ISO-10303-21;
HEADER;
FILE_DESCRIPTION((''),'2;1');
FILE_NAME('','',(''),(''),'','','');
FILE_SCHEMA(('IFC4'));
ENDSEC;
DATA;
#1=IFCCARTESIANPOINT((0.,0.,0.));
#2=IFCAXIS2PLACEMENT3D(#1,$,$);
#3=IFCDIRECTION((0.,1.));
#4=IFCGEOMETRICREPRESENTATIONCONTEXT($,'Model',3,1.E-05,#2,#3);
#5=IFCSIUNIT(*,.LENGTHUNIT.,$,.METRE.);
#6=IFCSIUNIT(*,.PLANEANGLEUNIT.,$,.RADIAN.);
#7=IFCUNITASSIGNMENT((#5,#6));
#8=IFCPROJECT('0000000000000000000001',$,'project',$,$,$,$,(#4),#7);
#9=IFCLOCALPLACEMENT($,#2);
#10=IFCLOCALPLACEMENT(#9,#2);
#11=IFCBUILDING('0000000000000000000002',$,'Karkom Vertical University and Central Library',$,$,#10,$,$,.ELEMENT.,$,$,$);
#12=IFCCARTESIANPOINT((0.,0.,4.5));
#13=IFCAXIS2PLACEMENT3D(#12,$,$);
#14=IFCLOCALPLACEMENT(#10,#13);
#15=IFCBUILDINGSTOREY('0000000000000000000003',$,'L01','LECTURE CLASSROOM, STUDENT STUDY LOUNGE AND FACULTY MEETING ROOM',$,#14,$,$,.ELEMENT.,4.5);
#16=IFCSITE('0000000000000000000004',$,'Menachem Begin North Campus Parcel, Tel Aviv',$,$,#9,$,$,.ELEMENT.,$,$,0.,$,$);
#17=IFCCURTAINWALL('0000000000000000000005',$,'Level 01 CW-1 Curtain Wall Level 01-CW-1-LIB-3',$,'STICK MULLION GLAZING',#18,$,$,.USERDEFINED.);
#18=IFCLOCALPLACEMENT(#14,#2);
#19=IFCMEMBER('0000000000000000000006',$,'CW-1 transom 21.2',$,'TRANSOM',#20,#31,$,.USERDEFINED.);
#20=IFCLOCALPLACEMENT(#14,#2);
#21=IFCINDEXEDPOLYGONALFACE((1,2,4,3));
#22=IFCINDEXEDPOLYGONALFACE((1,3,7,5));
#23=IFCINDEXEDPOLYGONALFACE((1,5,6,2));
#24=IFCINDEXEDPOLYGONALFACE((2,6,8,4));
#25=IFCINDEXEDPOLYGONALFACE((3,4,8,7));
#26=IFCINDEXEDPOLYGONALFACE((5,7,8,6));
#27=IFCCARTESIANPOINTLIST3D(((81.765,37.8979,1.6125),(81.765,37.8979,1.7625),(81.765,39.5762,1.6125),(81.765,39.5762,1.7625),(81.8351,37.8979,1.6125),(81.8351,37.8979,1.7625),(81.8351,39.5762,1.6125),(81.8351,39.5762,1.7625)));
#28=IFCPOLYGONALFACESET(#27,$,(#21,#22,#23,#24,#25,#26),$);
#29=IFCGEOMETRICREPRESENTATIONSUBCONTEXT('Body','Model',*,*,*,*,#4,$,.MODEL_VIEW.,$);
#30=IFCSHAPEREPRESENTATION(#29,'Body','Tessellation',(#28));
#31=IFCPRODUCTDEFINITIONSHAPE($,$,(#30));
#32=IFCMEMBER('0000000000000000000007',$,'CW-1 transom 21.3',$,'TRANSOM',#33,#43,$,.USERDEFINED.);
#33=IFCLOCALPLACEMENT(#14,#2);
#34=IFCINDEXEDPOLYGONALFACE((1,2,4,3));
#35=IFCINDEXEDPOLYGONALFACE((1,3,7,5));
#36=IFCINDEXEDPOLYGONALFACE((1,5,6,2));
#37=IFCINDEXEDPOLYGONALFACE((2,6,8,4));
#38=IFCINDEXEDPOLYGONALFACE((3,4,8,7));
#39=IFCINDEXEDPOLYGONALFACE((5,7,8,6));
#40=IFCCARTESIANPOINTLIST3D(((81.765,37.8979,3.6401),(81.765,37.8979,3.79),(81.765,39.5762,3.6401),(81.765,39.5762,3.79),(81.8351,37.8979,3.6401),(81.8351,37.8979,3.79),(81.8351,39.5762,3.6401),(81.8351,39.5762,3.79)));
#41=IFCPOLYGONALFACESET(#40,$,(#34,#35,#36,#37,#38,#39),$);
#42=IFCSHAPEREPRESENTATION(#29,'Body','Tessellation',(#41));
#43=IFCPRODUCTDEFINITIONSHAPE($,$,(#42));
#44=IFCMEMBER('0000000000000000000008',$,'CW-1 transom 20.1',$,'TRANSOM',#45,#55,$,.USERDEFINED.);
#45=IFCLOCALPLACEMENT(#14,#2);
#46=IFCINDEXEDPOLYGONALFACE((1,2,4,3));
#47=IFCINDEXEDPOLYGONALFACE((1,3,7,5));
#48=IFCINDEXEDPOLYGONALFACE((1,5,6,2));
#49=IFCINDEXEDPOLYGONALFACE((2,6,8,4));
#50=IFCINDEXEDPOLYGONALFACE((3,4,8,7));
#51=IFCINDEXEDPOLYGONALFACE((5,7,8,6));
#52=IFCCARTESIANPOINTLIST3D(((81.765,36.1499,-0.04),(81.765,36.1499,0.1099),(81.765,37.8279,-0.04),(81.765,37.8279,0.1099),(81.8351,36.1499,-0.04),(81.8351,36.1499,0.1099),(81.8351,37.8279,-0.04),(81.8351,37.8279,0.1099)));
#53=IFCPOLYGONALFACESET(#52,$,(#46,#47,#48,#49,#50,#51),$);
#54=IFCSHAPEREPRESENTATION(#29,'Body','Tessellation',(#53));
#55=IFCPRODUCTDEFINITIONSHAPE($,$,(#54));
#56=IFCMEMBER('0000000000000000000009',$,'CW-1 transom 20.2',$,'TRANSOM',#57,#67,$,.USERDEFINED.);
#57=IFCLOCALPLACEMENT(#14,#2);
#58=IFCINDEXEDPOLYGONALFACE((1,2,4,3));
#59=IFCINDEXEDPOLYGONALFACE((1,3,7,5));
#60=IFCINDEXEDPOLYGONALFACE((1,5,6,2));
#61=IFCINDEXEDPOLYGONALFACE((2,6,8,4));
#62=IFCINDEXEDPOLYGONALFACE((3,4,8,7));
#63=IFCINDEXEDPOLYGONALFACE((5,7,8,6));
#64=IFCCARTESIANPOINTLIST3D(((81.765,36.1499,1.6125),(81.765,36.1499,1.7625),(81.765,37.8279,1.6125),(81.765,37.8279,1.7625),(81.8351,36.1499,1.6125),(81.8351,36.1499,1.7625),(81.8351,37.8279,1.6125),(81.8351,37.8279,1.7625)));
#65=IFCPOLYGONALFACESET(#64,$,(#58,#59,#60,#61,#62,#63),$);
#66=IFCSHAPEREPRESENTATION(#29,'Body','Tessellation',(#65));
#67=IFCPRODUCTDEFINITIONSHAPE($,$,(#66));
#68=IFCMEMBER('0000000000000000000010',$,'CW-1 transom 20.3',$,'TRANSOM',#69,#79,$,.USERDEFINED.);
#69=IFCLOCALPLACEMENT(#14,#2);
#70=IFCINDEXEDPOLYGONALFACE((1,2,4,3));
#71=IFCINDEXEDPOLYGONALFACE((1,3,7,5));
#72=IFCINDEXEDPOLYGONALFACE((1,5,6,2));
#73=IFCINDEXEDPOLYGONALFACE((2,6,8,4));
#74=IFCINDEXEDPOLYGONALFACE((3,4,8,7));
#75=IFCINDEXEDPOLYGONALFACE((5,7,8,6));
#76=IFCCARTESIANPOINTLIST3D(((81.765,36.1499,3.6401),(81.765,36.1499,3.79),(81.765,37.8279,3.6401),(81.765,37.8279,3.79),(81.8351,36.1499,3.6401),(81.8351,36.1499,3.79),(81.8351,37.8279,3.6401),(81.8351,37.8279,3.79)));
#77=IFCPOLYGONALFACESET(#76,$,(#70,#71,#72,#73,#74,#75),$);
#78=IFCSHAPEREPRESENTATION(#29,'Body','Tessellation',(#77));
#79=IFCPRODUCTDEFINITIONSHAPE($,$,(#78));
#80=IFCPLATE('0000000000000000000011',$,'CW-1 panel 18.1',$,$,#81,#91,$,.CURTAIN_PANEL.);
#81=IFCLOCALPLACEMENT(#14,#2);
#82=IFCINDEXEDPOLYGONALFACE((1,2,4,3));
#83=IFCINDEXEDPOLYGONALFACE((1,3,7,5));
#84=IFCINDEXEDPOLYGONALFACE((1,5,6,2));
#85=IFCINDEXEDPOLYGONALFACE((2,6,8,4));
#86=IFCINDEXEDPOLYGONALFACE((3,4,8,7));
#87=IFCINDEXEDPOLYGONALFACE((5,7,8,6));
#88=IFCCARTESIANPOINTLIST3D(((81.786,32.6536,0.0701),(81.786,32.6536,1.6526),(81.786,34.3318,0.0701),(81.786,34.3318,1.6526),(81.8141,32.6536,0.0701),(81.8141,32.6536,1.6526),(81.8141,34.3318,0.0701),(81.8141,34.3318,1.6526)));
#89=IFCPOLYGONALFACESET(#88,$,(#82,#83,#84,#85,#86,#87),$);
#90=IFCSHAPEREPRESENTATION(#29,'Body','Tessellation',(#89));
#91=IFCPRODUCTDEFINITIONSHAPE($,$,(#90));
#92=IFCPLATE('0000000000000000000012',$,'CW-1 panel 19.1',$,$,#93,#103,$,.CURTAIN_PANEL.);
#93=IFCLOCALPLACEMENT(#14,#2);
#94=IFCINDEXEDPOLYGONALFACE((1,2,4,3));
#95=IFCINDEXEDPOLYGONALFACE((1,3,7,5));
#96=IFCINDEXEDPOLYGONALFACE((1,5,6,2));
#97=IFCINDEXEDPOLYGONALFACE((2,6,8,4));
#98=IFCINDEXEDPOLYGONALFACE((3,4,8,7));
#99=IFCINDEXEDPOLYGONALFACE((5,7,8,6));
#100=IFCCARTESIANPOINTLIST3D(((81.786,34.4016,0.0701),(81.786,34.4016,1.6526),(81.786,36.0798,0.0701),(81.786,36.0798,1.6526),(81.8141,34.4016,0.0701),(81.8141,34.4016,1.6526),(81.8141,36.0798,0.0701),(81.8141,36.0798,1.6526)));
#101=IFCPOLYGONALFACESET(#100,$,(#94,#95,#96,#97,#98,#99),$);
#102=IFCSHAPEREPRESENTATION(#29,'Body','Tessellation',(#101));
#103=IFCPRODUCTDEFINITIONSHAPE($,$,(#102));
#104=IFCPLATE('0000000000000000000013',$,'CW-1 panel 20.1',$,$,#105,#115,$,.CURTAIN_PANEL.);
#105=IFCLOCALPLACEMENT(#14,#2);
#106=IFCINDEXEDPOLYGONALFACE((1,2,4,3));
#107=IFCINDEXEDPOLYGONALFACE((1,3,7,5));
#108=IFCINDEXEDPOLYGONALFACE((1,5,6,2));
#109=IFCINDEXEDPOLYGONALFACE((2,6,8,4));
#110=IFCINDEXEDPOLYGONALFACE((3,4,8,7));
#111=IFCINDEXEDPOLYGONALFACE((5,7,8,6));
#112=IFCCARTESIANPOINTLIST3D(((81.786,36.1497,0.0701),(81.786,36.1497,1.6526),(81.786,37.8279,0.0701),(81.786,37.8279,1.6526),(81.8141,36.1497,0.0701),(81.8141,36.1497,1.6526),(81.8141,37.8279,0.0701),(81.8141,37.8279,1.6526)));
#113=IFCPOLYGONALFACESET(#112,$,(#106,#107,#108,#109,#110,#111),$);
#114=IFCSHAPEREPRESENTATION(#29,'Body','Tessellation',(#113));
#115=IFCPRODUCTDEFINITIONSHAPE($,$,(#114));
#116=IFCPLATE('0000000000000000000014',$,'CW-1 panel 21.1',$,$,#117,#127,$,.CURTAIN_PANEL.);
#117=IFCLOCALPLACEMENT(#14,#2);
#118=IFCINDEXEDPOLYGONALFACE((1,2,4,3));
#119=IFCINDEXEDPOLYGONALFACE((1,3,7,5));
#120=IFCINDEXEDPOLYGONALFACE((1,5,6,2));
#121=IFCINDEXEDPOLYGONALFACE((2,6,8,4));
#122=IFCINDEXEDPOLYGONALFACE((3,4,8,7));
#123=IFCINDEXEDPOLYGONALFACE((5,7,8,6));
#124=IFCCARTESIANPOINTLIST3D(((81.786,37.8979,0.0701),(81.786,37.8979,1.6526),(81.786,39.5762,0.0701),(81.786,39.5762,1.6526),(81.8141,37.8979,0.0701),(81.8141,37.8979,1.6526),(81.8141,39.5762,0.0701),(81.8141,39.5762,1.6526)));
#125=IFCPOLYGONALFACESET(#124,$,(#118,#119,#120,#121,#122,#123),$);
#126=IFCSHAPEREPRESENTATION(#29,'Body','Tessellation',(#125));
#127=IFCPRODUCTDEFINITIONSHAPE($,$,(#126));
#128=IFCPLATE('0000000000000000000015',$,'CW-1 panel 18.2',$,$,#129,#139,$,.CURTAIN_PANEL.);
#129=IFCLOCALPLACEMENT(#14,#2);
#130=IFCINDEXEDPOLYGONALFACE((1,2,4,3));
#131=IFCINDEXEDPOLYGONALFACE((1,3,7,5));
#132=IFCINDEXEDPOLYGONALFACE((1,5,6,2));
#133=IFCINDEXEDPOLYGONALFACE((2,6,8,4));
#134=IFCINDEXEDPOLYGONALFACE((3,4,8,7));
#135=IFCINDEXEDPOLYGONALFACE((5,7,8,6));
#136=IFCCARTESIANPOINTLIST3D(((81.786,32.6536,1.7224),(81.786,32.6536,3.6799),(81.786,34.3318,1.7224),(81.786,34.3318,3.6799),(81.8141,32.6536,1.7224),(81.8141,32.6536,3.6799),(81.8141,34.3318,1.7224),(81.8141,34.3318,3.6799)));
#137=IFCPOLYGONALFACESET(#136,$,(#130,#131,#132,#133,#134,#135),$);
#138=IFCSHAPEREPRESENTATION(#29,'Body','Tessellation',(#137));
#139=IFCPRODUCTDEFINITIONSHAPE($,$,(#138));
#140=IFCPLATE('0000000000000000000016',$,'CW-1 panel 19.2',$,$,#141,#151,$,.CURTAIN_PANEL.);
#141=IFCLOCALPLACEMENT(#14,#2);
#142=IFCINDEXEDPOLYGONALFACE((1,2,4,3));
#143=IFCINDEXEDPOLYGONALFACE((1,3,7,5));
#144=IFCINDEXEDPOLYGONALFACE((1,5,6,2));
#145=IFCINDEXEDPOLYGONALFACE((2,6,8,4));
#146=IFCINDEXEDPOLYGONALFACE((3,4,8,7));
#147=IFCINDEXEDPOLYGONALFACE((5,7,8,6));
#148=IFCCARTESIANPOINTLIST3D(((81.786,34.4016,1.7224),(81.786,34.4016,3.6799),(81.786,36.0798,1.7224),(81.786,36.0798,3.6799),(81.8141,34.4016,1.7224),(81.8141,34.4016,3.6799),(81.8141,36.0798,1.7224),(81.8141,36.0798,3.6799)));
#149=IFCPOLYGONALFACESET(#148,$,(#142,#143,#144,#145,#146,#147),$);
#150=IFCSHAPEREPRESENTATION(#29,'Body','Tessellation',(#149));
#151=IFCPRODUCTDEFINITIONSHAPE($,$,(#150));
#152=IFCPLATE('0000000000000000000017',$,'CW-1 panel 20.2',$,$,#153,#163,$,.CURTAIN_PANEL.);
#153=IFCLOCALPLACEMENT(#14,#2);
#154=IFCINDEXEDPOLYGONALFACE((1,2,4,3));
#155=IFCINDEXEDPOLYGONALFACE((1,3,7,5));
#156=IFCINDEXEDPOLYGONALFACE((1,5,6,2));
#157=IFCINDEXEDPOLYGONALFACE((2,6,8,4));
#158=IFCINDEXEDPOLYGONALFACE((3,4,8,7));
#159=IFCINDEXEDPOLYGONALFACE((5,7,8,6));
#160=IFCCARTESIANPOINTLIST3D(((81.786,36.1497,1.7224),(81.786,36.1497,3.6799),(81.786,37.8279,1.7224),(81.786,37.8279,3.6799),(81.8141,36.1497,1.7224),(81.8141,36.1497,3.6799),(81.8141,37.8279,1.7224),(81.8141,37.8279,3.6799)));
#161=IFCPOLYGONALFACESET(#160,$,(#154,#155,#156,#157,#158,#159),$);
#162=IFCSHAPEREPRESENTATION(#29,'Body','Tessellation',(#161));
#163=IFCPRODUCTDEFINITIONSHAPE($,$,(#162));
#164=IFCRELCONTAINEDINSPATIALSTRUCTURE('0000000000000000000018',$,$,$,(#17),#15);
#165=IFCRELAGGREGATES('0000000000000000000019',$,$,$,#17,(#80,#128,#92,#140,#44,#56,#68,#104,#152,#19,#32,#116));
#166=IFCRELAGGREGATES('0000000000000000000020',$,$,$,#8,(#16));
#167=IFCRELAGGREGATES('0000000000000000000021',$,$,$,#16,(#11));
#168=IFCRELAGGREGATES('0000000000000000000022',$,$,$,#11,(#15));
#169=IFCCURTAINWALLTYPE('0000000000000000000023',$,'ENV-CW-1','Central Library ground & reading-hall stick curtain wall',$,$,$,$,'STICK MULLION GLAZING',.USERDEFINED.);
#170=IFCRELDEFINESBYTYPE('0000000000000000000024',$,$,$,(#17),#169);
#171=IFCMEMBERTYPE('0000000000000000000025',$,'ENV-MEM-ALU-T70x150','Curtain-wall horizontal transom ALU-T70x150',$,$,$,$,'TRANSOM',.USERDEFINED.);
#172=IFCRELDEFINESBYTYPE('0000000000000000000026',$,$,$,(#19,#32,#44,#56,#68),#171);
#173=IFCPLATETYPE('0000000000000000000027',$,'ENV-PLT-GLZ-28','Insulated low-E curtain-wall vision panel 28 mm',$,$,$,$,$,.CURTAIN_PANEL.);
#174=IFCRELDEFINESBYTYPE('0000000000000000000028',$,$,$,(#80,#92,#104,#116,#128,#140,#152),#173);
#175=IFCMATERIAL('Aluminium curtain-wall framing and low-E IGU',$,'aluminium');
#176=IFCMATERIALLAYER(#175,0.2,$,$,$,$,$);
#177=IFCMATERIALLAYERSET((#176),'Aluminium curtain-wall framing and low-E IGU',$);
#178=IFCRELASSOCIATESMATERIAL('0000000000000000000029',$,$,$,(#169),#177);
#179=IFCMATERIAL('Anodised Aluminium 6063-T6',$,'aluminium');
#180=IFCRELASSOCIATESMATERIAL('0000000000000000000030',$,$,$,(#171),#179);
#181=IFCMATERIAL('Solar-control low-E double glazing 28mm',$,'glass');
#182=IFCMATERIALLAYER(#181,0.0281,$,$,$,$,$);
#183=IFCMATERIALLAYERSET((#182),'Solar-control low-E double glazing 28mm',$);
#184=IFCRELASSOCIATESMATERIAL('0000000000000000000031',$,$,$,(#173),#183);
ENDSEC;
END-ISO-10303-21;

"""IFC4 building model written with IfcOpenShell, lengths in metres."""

from ifc_helpers import new_model, si_unit, direction, frame, origin, origin_with_axes, origin_2d, place, context, subcontext, project, spatial, rectangle, extrude, source, transform, mapped, material, layer, layer_set, material_profile, profile_set, type_object, element, aggregate, save


model = new_model("IFC4")

# Units and contexts
model_context = context("Model", 3, precision=1e-05, world=origin(), true_north=direction((0.0, 1.0)))
body_context = subcontext(model_context, "Body", "Model", "MODEL_VIEW")
ifc_project = project(units=[si_unit("LENGTHUNIT", "METRE"), si_unit("PLANEANGLEUNIT", "RADIAN")], contexts=[model_context])

# Site, building, storey
site_placement = place(None, origin())
site = spatial("IfcSite", under=ifc_project, at=site_placement, Name="Menachem Begin North Campus Parcel, Tel Aviv", CompositionType="ELEMENT", RefElevation=0.0)
building_placement = place(site_placement, origin())
building = spatial("IfcBuilding", under=site, at=building_placement, Name="Karkom Vertical University and Central Library", CompositionType="ELEMENT")
storey_placement = place(building_placement, frame((0.0, 0.0, 4.5)))
storey = spatial("IfcBuildingStorey", under=building, at=storey_placement, Name="L01", Description="LECTURE CLASSROOM, STUDENT STUDY LOUNGE AND FACULTY MEETING ROOM", CompositionType="ELEMENT", Elevation=4.5)

# Curtain wall, members, plates
ifc_material_1 = material(Name="Aluminium curtain-wall framing and low-E IGU", Category="aluminium")
ifc_layer_1 = layer(ifc_material_1, 0.2)
ifc_layer_set_1 = layer_set([ifc_layer_1], Name="Aluminium curtain-wall framing and low-E IGU")
curtain_wall_type = type_object("IfcCurtainWallType", Name="ENV-CW-1", Description="Central Library ground & reading-hall stick curtain wall", ElementType="STICK MULLION GLAZING", PredefinedType="USERDEFINED", material=ifc_layer_set_1)
curtain_wall_placement = place(storey_placement, origin())
curtain_wall = element("IfcCurtainWall", 1, at=curtain_wall_placement, inside=storey, type_object=curtain_wall_type, Name="Level 01 CW-1 Curtain Wall Level 01-CW-1-LIB-3", ObjectType="STICK MULLION GLAZING", PredefinedType="USERDEFINED")
ifc_material_2 = material(Name="Anodised Aluminium 6063-T6", Category="aluminium")
ifc_material_profile_1 = material_profile(ifc_material_2, rectangle(XDim=0.0701, YDim=0.1499, at=origin_2d()), Name="ALU-T70x150")
ifc_profile_set_1 = profile_set([ifc_material_profile_1], Name="Anodised Aluminium 6063-T6")
member_type_1 = type_object("IfcMemberType", Name="ENV-MEM-ALU-T70x150", Description="Curtain-wall horizontal transom ALU-T70x150", ElementType="TRANSOM", PredefinedType="USERDEFINED", material=ifc_profile_set_1)
shared_shape_1 = source(origin_with_axes(), body_context, "Body", "SweptSolid", [
    extrude(rectangle(XDim=0.0701, YDim=0.1499, at=origin_2d()), origin(), (0.0, 0.0, 1.0), 1.6782),
])
member_1_placement = place(storey_placement, frame((81.8, 37.8979, 1.6875), z_axis=(0.0, 1.0, 0.0), x_axis=(-1.0, 0.0, 0.0)))
member_1 = element("IfcMember", 2, at=member_1_placement, type_object=member_type_1, Name="CW-1 transom 21.2", ObjectType="TRANSOM", PredefinedType="USERDEFINED", context=body_context, shape_type="MappedRepresentation", body=[
    mapped(shared_shape_1, transform((0.0, 0.0, 0.0), scale=1.0)),
])
member_2_placement = place(storey_placement, frame((81.8, 37.8979, 3.7151), z_axis=(0.0, 1.0, 0.0), x_axis=(-1.0, 0.0, 0.0)))
member_2 = element("IfcMember", 3, at=member_2_placement, type_object=member_type_1, Name="CW-1 transom 21.3", ObjectType="TRANSOM", PredefinedType="USERDEFINED", context=body_context, shape_type="MappedRepresentation", body=[
    mapped(shared_shape_1, transform((0.0, 0.0, 0.0), scale=1.0)),
])
shared_shape_2 = source(origin_with_axes(), body_context, "Body", "SweptSolid", [
    extrude(rectangle(XDim=0.0701, YDim=0.1499, at=origin_2d()), origin(), (0.0, 0.0, 1.0), 1.678),
])
member_3_placement = place(storey_placement, frame((81.8, 36.1499, 0.0349), z_axis=(0.0, 1.0, 0.0), x_axis=(-1.0, 0.0, 0.0)))
member_3 = element("IfcMember", 4, at=member_3_placement, type_object=member_type_1, Name="CW-1 transom 20.1", ObjectType="TRANSOM", PredefinedType="USERDEFINED", context=body_context, shape_type="MappedRepresentation", body=[
    mapped(shared_shape_2, transform((0.0, 0.0, 0.0), scale=1.0)),
])
member_4_placement = place(storey_placement, frame((81.8, 36.1499, 1.6875), z_axis=(0.0, 1.0, 0.0), x_axis=(-1.0, 0.0, 0.0)))
member_4 = element("IfcMember", 5, at=member_4_placement, type_object=member_type_1, Name="CW-1 transom 20.2", ObjectType="TRANSOM", PredefinedType="USERDEFINED", context=body_context, shape_type="MappedRepresentation", body=[
    mapped(shared_shape_2, transform((0.0, 0.0, 0.0), scale=1.0)),
])
member_5_placement = place(storey_placement, frame((81.8, 36.1499, 3.7151), z_axis=(0.0, 1.0, 0.0), x_axis=(-1.0, 0.0, 0.0)))
member_5 = element("IfcMember", 6, at=member_5_placement, type_object=member_type_1, Name="CW-1 transom 20.3", ObjectType="TRANSOM", PredefinedType="USERDEFINED", context=body_context, shape_type="MappedRepresentation", body=[
    mapped(shared_shape_2, transform((0.0, 0.0, 0.0), scale=1.0)),
])
ifc_material_3 = material(Name="Solar-control low-E double glazing 28mm", Category="glass")
ifc_layer_2 = layer(ifc_material_3, 0.0281)
ifc_layer_set_2 = layer_set([ifc_layer_2], Name="Solar-control low-E double glazing 28mm")
plate_type = type_object("IfcPlateType", Name="ENV-PLT-GLZ-28", Description="Insulated low-E curtain-wall vision panel 28 mm", PredefinedType="CURTAIN_PANEL", material=ifc_layer_set_2)
shared_shape_3 = source(origin_with_axes(), body_context, "Body", "SweptSolid", [
    extrude(rectangle(XDim=1.6782, YDim=0.0281, at=origin_2d()), origin(), (0.0, 0.0, 1.0), 1.5825),
])
plate_1_placement = place(storey_placement, frame((81.8, 33.4927, 0.0701), z_axis=(0.0, 0.0, 1.0), x_axis=(0.0, 1.0, 0.0)))
plate_1 = element("IfcPlate", 7, at=plate_1_placement, type_object=plate_type, Name="CW-1 panel 18.1", PredefinedType="CURTAIN_PANEL", context=body_context, shape_type="MappedRepresentation", body=[
    mapped(shared_shape_3, transform((0.0, 0.0, 0.0), scale=1.0)),
])
plate_2_placement = place(storey_placement, frame((81.8, 35.2407, 0.0701), z_axis=(0.0, 0.0, 1.0), x_axis=(0.0, 1.0, 0.0)))
plate_2 = element("IfcPlate", 8, at=plate_2_placement, type_object=plate_type, Name="CW-1 panel 19.1", PredefinedType="CURTAIN_PANEL", context=body_context, shape_type="MappedRepresentation", body=[
    mapped(shared_shape_3, transform((0.0, 0.0, 0.0), scale=1.0)),
])
plate_3_placement = place(storey_placement, frame((81.8, 36.9888, 0.0701), z_axis=(0.0, 0.0, 1.0), x_axis=(0.0, 1.0, 0.0)))
plate_3 = element("IfcPlate", 9, at=plate_3_placement, type_object=plate_type, Name="CW-1 panel 20.1", PredefinedType="CURTAIN_PANEL", context=body_context, shape_type="MappedRepresentation", body=[
    mapped(shared_shape_3, transform((0.0, 0.0, 0.0), scale=1.0)),
])
plate_4_placement = place(storey_placement, frame((81.8, 38.7371, 0.0701), z_axis=(0.0, 0.0, 1.0), x_axis=(0.0, 1.0, 0.0)))
plate_4 = element("IfcPlate", 10, at=plate_4_placement, type_object=plate_type, Name="CW-1 panel 21.1", PredefinedType="CURTAIN_PANEL", context=body_context, shape_type="MappedRepresentation", body=[
    mapped(shared_shape_3, transform((0.0, 0.0, 0.0), scale=1.0)),
])
shared_shape_4 = source(origin_with_axes(), body_context, "Body", "SweptSolid", [
    extrude(rectangle(XDim=1.6782, YDim=0.0281, at=origin_2d()), origin(), (0.0, 0.0, 1.0), 1.9575),
])
plate_5_placement = place(storey_placement, frame((81.8, 33.4927, 1.7224), z_axis=(0.0, 0.0, 1.0), x_axis=(0.0, 1.0, 0.0)))
plate_5 = element("IfcPlate", 11, at=plate_5_placement, type_object=plate_type, Name="CW-1 panel 18.2", PredefinedType="CURTAIN_PANEL", context=body_context, shape_type="MappedRepresentation", body=[
    mapped(shared_shape_4, transform((0.0, 0.0, 0.0), scale=1.0)),
])
plate_6_placement = place(storey_placement, frame((81.8, 35.2407, 1.7224), z_axis=(0.0, 0.0, 1.0), x_axis=(0.0, 1.0, 0.0)))
plate_6 = element("IfcPlate", 12, at=plate_6_placement, type_object=plate_type, Name="CW-1 panel 19.2", PredefinedType="CURTAIN_PANEL", context=body_context, shape_type="MappedRepresentation", body=[
    mapped(shared_shape_4, transform((0.0, 0.0, 0.0), scale=1.0)),
])
plate_7_placement = place(storey_placement, frame((81.8, 36.9888, 1.7224), z_axis=(0.0, 0.0, 1.0), x_axis=(0.0, 1.0, 0.0)))
plate_7 = element("IfcPlate", 13, at=plate_7_placement, type_object=plate_type, Name="CW-1 panel 20.2", PredefinedType="CURTAIN_PANEL", context=body_context, shape_type="MappedRepresentation", body=[
    mapped(shared_shape_4, transform((0.0, 0.0, 0.0), scale=1.0)),
])
aggregate(curtain_wall, [plate_1, plate_5, plate_2, plate_6, member_3, member_4, member_5, plate_3, plate_7, member_1, member_2, plate_4])

save(model, "model.ifc")
